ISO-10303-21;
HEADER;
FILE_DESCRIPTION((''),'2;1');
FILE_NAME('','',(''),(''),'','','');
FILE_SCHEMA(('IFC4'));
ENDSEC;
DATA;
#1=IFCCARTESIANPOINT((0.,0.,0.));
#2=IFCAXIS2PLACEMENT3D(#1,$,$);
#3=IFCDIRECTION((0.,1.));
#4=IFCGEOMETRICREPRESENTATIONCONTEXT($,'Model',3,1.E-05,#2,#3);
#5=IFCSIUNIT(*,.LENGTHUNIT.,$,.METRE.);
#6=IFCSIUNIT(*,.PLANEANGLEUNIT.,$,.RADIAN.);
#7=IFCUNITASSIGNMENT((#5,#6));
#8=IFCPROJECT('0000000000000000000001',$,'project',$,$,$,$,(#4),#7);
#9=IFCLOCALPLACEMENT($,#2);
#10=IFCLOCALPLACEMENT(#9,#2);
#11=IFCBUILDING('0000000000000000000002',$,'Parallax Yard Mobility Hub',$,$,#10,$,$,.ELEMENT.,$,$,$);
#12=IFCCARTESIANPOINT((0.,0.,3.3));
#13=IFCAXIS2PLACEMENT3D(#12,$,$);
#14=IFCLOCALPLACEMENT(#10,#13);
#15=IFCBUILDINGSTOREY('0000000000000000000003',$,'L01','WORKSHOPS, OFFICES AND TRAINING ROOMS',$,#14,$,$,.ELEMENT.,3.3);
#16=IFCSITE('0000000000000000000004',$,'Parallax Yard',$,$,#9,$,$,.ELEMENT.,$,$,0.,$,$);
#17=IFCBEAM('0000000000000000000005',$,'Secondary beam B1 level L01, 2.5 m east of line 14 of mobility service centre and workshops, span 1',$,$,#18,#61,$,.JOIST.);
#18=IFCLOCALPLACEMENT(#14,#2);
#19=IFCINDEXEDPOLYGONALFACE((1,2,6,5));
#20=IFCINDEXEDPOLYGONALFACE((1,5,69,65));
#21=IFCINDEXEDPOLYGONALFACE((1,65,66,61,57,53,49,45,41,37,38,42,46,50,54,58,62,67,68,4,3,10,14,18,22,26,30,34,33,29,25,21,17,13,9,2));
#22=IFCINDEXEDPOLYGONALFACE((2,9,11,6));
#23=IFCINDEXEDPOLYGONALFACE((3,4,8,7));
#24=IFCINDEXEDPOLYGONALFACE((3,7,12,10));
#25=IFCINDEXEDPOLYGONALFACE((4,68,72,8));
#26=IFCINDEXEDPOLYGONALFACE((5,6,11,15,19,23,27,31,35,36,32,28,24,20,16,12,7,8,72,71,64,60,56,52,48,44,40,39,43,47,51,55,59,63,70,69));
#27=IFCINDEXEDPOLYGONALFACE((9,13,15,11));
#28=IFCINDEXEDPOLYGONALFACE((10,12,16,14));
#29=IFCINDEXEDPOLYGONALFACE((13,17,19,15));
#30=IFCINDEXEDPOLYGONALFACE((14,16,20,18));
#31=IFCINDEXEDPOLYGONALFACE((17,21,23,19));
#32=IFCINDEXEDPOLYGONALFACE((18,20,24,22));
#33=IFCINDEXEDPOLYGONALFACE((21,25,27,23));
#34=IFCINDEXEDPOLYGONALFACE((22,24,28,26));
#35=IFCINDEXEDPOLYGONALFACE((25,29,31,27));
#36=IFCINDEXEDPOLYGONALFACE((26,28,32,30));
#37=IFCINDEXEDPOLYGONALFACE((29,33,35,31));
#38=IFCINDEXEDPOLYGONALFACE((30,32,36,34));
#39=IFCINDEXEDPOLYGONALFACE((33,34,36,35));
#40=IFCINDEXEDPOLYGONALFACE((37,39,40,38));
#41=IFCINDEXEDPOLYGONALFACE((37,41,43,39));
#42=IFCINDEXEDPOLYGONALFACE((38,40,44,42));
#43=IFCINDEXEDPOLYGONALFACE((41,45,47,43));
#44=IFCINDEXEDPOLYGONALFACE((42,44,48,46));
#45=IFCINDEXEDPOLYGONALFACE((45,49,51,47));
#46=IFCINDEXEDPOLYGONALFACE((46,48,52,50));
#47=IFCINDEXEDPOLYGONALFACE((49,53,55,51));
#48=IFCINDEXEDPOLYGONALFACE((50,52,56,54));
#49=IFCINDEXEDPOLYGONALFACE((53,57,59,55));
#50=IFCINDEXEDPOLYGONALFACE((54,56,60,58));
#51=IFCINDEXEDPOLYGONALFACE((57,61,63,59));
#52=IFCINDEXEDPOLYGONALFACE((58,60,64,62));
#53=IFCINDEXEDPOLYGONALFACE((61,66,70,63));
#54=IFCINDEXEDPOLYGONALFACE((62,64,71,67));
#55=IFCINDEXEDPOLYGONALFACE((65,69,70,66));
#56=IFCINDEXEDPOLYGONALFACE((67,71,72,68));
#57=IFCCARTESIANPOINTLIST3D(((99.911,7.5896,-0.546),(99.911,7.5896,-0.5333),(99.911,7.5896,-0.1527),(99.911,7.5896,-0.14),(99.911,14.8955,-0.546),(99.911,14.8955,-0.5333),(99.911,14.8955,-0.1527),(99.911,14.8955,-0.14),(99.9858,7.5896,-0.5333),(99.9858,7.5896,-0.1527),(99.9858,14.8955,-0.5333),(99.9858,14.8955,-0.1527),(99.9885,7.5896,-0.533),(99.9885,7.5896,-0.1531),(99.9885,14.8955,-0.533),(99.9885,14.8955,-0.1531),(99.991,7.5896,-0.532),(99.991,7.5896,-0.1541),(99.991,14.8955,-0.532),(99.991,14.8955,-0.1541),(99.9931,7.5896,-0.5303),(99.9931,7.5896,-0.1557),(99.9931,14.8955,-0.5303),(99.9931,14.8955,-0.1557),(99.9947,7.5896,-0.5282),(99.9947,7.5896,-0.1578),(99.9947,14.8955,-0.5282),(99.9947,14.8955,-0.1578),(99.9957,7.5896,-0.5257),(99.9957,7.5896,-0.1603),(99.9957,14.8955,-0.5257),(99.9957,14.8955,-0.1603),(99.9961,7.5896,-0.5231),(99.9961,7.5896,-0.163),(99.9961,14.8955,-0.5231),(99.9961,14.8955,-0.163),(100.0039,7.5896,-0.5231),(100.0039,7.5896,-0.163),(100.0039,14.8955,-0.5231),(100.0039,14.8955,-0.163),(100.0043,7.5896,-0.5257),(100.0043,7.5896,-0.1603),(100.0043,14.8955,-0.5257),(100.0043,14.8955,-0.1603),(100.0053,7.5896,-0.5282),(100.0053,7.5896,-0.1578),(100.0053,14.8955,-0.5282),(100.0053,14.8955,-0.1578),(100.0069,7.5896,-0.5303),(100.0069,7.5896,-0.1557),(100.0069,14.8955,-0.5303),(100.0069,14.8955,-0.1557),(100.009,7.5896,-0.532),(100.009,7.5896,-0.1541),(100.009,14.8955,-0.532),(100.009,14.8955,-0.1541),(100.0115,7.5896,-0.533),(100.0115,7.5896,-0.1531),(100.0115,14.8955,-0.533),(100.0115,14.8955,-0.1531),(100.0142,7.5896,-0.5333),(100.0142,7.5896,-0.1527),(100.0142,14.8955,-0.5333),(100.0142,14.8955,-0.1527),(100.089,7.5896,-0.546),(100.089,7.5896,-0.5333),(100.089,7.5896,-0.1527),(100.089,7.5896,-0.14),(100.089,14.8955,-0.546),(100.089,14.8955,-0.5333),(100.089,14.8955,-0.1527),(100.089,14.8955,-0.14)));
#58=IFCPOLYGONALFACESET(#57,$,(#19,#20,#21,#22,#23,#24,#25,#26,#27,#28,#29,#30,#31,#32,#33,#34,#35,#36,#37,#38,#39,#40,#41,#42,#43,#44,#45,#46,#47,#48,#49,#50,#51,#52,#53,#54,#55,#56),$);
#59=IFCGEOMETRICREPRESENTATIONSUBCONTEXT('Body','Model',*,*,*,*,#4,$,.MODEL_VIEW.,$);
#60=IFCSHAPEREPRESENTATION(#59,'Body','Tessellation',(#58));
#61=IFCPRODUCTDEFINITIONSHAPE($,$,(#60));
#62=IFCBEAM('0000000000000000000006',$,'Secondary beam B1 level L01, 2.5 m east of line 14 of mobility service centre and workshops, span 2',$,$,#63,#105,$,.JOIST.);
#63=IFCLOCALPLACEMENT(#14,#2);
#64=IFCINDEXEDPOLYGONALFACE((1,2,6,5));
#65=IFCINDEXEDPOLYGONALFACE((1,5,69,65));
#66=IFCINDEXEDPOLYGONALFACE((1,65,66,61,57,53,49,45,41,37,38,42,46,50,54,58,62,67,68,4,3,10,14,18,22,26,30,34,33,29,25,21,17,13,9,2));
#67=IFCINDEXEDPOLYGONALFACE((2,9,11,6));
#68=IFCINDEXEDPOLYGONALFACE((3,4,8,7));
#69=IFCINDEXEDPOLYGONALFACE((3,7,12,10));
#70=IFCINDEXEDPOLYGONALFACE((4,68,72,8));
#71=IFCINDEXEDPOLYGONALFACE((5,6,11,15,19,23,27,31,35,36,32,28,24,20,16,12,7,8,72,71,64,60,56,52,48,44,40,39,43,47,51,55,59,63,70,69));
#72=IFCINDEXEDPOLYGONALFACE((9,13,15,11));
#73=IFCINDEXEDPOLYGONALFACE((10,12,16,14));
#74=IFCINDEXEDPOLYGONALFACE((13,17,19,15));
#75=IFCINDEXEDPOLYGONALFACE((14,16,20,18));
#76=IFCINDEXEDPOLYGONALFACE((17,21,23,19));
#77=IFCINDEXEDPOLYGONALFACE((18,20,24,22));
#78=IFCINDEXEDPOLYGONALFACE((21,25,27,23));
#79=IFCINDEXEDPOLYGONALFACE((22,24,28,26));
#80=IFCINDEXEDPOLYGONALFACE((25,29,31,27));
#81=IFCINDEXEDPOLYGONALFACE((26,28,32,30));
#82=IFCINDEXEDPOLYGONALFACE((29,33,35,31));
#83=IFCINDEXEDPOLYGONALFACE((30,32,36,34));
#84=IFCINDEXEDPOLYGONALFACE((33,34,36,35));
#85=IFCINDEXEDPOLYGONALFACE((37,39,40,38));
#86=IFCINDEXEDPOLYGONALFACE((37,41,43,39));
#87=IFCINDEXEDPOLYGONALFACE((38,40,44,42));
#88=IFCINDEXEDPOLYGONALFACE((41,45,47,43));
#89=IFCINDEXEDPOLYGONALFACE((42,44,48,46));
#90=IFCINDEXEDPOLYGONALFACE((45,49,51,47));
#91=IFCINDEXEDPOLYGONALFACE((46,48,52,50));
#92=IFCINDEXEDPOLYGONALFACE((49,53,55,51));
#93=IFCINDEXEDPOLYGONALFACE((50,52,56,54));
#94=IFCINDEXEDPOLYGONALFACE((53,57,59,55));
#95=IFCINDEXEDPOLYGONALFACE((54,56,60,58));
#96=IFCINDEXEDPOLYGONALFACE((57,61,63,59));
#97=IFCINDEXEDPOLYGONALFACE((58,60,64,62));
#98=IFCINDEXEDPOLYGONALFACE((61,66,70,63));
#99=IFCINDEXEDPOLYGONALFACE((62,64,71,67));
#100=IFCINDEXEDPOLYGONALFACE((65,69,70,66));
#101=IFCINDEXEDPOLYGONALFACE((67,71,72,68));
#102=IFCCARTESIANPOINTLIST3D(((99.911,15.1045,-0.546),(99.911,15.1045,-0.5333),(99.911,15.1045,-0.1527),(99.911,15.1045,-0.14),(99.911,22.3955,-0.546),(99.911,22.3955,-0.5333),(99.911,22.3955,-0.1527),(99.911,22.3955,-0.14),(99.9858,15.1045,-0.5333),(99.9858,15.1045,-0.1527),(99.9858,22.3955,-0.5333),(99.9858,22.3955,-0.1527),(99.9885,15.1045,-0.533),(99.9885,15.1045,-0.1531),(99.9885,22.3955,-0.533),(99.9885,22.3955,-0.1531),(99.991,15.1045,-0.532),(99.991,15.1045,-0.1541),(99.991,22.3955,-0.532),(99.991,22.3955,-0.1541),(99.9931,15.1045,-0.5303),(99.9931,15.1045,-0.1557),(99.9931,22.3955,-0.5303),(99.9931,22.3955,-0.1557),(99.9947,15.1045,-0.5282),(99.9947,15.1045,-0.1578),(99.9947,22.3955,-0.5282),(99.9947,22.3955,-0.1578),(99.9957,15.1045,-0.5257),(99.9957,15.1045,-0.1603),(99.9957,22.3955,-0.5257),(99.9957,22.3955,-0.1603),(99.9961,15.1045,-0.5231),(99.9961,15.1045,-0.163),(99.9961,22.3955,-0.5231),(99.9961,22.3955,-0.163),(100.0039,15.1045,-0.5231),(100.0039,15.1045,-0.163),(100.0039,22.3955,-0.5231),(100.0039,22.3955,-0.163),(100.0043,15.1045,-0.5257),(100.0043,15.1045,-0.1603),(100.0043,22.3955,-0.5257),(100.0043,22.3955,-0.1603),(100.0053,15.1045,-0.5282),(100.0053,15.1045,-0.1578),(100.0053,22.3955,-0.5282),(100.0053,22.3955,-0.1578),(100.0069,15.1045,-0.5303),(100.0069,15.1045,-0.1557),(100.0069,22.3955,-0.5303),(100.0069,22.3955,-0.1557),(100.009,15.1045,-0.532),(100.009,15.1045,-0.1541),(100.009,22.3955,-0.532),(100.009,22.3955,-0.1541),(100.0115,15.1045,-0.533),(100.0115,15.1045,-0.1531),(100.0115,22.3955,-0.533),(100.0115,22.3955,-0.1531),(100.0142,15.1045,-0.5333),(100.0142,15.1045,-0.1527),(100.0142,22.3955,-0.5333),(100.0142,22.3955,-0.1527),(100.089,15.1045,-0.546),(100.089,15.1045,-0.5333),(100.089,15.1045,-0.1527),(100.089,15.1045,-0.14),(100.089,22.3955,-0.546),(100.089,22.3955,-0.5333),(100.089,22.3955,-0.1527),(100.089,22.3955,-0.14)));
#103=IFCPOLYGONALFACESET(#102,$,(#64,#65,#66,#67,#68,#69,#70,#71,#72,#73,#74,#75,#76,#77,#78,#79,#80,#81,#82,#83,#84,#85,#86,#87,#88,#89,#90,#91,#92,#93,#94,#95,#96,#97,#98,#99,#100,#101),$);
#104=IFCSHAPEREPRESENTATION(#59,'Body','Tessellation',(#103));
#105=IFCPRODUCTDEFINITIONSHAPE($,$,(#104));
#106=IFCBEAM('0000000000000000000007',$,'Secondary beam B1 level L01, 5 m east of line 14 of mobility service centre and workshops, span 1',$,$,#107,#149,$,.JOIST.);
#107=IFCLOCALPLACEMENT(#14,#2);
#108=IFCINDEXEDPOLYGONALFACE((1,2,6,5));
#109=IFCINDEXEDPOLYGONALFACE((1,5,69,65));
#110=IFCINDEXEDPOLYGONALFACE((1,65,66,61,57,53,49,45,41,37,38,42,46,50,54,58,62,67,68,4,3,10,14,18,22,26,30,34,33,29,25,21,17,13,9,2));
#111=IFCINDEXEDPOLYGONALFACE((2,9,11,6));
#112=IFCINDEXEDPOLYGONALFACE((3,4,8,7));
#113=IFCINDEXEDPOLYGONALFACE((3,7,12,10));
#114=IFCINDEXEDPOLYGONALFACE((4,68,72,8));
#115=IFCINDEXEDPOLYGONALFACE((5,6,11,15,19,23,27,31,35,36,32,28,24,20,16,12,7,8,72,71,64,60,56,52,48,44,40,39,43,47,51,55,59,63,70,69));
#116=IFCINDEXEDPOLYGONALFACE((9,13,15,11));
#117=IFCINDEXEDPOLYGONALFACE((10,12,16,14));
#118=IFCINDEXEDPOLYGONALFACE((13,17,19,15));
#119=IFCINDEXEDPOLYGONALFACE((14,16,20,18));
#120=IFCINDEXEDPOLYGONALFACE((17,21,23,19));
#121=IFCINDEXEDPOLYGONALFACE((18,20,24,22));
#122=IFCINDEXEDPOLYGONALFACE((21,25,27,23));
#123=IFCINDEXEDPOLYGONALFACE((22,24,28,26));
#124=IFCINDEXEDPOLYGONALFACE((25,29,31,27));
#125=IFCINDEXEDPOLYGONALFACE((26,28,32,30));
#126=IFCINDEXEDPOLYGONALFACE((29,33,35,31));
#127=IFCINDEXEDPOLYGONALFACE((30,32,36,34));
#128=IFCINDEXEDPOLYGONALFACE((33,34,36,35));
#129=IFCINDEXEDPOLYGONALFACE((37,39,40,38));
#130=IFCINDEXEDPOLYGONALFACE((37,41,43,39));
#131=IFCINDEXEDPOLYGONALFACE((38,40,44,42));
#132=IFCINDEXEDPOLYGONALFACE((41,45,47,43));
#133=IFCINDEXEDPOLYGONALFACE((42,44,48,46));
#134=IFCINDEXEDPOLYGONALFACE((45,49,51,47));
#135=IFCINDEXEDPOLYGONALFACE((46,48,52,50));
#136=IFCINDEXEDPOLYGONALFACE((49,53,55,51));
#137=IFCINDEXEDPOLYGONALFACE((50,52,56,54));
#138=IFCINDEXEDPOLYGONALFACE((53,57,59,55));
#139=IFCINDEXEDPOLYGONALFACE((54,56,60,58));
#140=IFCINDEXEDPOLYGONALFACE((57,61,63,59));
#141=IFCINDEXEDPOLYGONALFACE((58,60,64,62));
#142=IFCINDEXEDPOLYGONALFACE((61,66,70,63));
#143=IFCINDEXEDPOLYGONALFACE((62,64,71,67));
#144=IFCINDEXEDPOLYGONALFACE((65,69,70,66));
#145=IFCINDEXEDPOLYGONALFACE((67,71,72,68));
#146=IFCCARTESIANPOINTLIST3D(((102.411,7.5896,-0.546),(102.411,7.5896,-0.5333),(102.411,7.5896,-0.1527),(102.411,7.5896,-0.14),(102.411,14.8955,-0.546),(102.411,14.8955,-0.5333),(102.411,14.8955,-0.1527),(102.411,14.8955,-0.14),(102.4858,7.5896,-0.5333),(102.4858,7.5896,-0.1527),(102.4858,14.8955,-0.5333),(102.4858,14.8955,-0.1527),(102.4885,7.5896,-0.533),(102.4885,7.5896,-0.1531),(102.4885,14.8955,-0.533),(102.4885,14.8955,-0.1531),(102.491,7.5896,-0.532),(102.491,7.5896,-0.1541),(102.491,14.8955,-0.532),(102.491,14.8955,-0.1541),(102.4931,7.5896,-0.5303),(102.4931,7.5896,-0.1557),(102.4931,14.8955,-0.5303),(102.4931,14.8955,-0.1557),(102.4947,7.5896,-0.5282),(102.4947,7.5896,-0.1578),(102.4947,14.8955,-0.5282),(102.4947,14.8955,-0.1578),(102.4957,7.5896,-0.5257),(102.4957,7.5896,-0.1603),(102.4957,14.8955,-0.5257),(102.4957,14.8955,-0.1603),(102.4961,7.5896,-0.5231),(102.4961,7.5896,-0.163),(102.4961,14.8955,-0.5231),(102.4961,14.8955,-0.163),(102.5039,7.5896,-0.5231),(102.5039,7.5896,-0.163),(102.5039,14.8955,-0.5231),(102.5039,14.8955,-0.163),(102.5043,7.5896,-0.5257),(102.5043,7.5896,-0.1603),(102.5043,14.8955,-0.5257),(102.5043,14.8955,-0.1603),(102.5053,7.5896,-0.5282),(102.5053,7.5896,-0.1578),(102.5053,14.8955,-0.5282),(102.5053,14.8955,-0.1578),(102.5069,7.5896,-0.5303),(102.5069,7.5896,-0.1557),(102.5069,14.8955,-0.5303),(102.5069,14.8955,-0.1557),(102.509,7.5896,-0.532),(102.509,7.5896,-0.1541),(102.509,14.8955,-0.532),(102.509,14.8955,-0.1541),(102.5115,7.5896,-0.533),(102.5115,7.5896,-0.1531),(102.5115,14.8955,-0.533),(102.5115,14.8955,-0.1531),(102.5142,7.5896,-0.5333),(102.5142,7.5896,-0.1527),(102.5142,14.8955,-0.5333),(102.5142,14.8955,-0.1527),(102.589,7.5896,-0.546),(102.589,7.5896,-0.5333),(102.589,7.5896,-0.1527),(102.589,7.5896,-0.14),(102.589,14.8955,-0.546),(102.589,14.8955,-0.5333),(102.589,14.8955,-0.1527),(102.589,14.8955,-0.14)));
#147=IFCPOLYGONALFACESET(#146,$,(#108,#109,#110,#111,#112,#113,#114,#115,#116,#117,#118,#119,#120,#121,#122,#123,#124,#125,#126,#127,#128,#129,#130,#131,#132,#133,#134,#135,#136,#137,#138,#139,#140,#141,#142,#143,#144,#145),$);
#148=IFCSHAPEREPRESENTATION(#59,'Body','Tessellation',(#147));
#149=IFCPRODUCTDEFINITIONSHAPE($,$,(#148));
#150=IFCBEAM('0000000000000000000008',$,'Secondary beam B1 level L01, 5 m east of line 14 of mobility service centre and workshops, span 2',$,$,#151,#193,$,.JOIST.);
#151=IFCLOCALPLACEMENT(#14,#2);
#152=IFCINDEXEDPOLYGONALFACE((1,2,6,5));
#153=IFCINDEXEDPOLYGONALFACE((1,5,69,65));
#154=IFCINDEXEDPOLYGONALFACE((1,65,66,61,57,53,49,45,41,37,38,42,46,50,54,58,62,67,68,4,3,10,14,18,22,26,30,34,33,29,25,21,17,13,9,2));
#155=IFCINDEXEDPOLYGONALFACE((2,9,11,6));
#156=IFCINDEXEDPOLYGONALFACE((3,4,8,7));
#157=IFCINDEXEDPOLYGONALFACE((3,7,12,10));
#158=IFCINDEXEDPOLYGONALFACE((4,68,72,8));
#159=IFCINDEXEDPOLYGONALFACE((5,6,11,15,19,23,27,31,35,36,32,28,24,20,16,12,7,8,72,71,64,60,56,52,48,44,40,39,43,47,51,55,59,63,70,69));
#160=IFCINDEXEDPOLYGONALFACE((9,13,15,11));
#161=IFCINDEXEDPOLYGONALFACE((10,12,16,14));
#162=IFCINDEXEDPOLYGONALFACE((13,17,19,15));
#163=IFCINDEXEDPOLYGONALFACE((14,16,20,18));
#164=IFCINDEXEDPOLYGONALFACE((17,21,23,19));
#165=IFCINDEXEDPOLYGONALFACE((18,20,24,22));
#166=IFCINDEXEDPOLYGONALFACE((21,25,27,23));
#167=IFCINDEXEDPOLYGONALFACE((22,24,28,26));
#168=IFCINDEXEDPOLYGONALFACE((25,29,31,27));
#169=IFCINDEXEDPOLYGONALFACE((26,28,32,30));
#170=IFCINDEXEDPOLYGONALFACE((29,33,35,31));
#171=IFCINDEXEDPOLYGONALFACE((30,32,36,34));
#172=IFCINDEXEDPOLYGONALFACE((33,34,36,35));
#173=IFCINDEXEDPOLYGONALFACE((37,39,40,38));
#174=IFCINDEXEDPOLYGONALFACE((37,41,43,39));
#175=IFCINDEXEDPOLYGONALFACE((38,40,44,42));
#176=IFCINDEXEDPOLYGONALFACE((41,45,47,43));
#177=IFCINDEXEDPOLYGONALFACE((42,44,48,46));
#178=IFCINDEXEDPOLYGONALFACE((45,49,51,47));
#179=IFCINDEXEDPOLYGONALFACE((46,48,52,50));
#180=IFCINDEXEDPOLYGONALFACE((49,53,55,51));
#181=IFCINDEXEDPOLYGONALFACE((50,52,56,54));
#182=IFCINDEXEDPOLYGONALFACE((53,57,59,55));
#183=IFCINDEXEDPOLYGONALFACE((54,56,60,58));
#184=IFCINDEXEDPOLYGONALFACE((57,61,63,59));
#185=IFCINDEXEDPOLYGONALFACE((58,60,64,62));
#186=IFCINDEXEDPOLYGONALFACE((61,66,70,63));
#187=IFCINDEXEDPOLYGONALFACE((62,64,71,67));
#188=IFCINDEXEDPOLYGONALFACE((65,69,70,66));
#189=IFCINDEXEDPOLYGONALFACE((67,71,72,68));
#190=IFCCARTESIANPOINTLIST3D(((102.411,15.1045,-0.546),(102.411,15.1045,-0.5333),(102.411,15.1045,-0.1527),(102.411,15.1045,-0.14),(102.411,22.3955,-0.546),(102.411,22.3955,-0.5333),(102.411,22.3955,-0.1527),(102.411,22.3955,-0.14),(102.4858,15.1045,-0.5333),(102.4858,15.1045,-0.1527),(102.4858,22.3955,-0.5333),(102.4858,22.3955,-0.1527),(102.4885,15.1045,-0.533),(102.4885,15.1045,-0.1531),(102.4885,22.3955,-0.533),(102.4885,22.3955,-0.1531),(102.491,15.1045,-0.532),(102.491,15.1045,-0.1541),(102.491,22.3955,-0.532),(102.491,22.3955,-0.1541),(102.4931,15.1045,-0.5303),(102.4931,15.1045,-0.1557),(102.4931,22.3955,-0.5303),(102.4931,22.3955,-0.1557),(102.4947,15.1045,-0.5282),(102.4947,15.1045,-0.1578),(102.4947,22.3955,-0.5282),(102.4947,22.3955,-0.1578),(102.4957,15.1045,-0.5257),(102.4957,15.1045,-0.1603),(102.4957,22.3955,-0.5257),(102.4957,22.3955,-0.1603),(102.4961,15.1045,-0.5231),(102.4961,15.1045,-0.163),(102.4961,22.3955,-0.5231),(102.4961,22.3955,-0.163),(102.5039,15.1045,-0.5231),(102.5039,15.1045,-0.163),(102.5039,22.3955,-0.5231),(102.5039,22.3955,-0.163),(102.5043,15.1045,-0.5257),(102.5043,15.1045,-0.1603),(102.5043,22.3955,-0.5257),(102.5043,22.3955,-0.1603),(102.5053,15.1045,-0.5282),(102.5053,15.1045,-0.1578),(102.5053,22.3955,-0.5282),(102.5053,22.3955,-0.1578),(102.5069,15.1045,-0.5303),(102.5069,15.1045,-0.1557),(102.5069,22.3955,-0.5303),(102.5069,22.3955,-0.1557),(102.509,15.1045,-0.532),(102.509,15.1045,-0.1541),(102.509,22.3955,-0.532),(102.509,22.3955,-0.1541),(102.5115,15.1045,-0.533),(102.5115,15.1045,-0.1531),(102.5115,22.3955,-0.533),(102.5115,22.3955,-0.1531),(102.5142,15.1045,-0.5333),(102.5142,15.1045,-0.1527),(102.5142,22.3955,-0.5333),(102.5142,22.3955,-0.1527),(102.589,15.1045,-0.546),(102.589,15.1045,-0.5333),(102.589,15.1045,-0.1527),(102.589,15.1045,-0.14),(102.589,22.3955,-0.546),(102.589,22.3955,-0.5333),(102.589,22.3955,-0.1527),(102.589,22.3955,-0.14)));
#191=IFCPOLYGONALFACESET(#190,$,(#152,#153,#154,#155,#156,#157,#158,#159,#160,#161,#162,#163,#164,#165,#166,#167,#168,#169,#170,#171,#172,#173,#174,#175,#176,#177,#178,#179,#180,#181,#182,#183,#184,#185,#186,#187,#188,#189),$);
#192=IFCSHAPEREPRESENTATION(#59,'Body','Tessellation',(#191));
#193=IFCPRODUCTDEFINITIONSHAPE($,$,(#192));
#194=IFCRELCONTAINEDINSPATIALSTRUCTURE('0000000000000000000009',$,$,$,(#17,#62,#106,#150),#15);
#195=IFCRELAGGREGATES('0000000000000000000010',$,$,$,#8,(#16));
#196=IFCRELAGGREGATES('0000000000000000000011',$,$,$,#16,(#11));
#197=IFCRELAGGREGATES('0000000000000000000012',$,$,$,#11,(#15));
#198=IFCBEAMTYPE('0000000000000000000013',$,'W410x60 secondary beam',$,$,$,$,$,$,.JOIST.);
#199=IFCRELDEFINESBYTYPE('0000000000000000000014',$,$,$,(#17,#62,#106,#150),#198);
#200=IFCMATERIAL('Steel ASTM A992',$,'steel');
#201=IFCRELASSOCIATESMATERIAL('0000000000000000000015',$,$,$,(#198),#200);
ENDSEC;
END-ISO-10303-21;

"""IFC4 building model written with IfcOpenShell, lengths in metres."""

from ifc_helpers import new_model, si_unit, direction, frame, origin, origin_2d, place, context, subcontext, project, spatial, i_section, extrude, material, material_profile, profile_set, type_object, element, save


model = new_model("IFC4")

# Units and contexts
model_context = context("Model", 3, precision=1e-05, world=origin(), true_north=direction((0.0, 1.0)))
body_context = subcontext(model_context, "Body", "Model", "MODEL_VIEW")
ifc_project = project(units=[si_unit("LENGTHUNIT", "METRE"), si_unit("PLANEANGLEUNIT", "RADIAN")], contexts=[model_context])

# Site, building, storey
site_placement = place(None, origin())
site = spatial("IfcSite", under=ifc_project, at=site_placement, Name="Parallax Yard", CompositionType="ELEMENT", RefElevation=0.0)
building_placement = place(site_placement, origin())
building = spatial("IfcBuilding", under=site, at=building_placement, Name="Parallax Yard Mobility Hub", CompositionType="ELEMENT")
storey_placement = place(building_placement, frame((0.0, 0.0, 3.3)))
storey = spatial("IfcBuildingStorey", under=building, at=storey_placement, Name="L01", Description="WORKSHOPS, OFFICES AND TRAINING ROOMS", CompositionType="ELEMENT", Elevation=3.3)

# Shared definitions
ifc_material_1 = material(Name="Steel ASTM A992", Category="steel")

# Beams
ifc_material_profile_1 = material_profile(ifc_material_1, i_section(OverallWidth=0.178, OverallDepth=0.406, WebThickness=0.0078, FlangeThickness=0.0127, FilletRadius=0.0103, at=origin_2d()), Name="W410x60")
ifc_profile_set_1 = profile_set([ifc_material_profile_1], Name="Steel ASTM A992")
beam_type_1 = type_object("IfcBeamType", Name="W410x60 secondary beam", PredefinedType="JOIST", material=ifc_profile_set_1)
beam_1_placement = place(storey_placement, frame((100.0, 7.5896, -0.343), z_axis=(0.0, 1.0, 0.0), x_axis=(-1.0, 0.0, 0.0)))
element("IfcBeam", 1, at=beam_1_placement, inside=storey, type_object=beam_type_1, Name="Secondary beam B1 level L01, 2.5 m east of line 14 of mobility service centre and workshops, span 1", PredefinedType="JOIST", context=body_context, shape_type="SweptSolid", body=[
    extrude(i_section(OverallWidth=0.178, OverallDepth=0.406, WebThickness=0.0078, FlangeThickness=0.0127, FilletRadius=0.0103, at=origin_2d()), origin(), (0.0, 0.0, 1.0), 7.3059),
])
beam_2_placement = place(storey_placement, frame((100.0, 15.1045, -0.343), z_axis=(0.0, 1.0, 0.0), x_axis=(-1.0, 0.0, 0.0)))
element("IfcBeam", 2, at=beam_2_placement, inside=storey, type_object=beam_type_1, Name="Secondary beam B1 level L01, 2.5 m east of line 14 of mobility service centre and workshops, span 2", PredefinedType="JOIST", context=body_context, shape_type="SweptSolid", body=[
    extrude(i_section(OverallWidth=0.178, OverallDepth=0.406, WebThickness=0.0078, FlangeThickness=0.0127, FilletRadius=0.0103, at=origin_2d()), origin(), (0.0, 0.0, 1.0), 7.291),
])
beam_3_placement = place(storey_placement, frame((102.5, 7.5896, -0.343), z_axis=(0.0, 1.0, 0.0), x_axis=(-1.0, 0.0, 0.0)))
element("IfcBeam", 3, at=beam_3_placement, inside=storey, type_object=beam_type_1, Name="Secondary beam B1 level L01, 5 m east of line 14 of mobility service centre and workshops, span 1", PredefinedType="JOIST", context=body_context, shape_type="SweptSolid", body=[
    extrude(i_section(OverallWidth=0.178, OverallDepth=0.406, WebThickness=0.0078, FlangeThickness=0.0127, FilletRadius=0.0103, at=origin_2d()), origin(), (0.0, 0.0, 1.0), 7.3059),
])
beam_4_placement = place(storey_placement, frame((102.5, 15.1045, -0.343), z_axis=(0.0, 1.0, 0.0), x_axis=(-1.0, 0.0, 0.0)))
element("IfcBeam", 4, at=beam_4_placement, inside=storey, type_object=beam_type_1, Name="Secondary beam B1 level L01, 5 m east of line 14 of mobility service centre and workshops, span 2", PredefinedType="JOIST", context=body_context, shape_type="SweptSolid", body=[
    extrude(i_section(OverallWidth=0.178, OverallDepth=0.406, WebThickness=0.0078, FlangeThickness=0.0127, FilletRadius=0.0103, at=origin_2d()), origin(), (0.0, 0.0, 1.0), 7.291),
])

save(model, "model.ifc")
